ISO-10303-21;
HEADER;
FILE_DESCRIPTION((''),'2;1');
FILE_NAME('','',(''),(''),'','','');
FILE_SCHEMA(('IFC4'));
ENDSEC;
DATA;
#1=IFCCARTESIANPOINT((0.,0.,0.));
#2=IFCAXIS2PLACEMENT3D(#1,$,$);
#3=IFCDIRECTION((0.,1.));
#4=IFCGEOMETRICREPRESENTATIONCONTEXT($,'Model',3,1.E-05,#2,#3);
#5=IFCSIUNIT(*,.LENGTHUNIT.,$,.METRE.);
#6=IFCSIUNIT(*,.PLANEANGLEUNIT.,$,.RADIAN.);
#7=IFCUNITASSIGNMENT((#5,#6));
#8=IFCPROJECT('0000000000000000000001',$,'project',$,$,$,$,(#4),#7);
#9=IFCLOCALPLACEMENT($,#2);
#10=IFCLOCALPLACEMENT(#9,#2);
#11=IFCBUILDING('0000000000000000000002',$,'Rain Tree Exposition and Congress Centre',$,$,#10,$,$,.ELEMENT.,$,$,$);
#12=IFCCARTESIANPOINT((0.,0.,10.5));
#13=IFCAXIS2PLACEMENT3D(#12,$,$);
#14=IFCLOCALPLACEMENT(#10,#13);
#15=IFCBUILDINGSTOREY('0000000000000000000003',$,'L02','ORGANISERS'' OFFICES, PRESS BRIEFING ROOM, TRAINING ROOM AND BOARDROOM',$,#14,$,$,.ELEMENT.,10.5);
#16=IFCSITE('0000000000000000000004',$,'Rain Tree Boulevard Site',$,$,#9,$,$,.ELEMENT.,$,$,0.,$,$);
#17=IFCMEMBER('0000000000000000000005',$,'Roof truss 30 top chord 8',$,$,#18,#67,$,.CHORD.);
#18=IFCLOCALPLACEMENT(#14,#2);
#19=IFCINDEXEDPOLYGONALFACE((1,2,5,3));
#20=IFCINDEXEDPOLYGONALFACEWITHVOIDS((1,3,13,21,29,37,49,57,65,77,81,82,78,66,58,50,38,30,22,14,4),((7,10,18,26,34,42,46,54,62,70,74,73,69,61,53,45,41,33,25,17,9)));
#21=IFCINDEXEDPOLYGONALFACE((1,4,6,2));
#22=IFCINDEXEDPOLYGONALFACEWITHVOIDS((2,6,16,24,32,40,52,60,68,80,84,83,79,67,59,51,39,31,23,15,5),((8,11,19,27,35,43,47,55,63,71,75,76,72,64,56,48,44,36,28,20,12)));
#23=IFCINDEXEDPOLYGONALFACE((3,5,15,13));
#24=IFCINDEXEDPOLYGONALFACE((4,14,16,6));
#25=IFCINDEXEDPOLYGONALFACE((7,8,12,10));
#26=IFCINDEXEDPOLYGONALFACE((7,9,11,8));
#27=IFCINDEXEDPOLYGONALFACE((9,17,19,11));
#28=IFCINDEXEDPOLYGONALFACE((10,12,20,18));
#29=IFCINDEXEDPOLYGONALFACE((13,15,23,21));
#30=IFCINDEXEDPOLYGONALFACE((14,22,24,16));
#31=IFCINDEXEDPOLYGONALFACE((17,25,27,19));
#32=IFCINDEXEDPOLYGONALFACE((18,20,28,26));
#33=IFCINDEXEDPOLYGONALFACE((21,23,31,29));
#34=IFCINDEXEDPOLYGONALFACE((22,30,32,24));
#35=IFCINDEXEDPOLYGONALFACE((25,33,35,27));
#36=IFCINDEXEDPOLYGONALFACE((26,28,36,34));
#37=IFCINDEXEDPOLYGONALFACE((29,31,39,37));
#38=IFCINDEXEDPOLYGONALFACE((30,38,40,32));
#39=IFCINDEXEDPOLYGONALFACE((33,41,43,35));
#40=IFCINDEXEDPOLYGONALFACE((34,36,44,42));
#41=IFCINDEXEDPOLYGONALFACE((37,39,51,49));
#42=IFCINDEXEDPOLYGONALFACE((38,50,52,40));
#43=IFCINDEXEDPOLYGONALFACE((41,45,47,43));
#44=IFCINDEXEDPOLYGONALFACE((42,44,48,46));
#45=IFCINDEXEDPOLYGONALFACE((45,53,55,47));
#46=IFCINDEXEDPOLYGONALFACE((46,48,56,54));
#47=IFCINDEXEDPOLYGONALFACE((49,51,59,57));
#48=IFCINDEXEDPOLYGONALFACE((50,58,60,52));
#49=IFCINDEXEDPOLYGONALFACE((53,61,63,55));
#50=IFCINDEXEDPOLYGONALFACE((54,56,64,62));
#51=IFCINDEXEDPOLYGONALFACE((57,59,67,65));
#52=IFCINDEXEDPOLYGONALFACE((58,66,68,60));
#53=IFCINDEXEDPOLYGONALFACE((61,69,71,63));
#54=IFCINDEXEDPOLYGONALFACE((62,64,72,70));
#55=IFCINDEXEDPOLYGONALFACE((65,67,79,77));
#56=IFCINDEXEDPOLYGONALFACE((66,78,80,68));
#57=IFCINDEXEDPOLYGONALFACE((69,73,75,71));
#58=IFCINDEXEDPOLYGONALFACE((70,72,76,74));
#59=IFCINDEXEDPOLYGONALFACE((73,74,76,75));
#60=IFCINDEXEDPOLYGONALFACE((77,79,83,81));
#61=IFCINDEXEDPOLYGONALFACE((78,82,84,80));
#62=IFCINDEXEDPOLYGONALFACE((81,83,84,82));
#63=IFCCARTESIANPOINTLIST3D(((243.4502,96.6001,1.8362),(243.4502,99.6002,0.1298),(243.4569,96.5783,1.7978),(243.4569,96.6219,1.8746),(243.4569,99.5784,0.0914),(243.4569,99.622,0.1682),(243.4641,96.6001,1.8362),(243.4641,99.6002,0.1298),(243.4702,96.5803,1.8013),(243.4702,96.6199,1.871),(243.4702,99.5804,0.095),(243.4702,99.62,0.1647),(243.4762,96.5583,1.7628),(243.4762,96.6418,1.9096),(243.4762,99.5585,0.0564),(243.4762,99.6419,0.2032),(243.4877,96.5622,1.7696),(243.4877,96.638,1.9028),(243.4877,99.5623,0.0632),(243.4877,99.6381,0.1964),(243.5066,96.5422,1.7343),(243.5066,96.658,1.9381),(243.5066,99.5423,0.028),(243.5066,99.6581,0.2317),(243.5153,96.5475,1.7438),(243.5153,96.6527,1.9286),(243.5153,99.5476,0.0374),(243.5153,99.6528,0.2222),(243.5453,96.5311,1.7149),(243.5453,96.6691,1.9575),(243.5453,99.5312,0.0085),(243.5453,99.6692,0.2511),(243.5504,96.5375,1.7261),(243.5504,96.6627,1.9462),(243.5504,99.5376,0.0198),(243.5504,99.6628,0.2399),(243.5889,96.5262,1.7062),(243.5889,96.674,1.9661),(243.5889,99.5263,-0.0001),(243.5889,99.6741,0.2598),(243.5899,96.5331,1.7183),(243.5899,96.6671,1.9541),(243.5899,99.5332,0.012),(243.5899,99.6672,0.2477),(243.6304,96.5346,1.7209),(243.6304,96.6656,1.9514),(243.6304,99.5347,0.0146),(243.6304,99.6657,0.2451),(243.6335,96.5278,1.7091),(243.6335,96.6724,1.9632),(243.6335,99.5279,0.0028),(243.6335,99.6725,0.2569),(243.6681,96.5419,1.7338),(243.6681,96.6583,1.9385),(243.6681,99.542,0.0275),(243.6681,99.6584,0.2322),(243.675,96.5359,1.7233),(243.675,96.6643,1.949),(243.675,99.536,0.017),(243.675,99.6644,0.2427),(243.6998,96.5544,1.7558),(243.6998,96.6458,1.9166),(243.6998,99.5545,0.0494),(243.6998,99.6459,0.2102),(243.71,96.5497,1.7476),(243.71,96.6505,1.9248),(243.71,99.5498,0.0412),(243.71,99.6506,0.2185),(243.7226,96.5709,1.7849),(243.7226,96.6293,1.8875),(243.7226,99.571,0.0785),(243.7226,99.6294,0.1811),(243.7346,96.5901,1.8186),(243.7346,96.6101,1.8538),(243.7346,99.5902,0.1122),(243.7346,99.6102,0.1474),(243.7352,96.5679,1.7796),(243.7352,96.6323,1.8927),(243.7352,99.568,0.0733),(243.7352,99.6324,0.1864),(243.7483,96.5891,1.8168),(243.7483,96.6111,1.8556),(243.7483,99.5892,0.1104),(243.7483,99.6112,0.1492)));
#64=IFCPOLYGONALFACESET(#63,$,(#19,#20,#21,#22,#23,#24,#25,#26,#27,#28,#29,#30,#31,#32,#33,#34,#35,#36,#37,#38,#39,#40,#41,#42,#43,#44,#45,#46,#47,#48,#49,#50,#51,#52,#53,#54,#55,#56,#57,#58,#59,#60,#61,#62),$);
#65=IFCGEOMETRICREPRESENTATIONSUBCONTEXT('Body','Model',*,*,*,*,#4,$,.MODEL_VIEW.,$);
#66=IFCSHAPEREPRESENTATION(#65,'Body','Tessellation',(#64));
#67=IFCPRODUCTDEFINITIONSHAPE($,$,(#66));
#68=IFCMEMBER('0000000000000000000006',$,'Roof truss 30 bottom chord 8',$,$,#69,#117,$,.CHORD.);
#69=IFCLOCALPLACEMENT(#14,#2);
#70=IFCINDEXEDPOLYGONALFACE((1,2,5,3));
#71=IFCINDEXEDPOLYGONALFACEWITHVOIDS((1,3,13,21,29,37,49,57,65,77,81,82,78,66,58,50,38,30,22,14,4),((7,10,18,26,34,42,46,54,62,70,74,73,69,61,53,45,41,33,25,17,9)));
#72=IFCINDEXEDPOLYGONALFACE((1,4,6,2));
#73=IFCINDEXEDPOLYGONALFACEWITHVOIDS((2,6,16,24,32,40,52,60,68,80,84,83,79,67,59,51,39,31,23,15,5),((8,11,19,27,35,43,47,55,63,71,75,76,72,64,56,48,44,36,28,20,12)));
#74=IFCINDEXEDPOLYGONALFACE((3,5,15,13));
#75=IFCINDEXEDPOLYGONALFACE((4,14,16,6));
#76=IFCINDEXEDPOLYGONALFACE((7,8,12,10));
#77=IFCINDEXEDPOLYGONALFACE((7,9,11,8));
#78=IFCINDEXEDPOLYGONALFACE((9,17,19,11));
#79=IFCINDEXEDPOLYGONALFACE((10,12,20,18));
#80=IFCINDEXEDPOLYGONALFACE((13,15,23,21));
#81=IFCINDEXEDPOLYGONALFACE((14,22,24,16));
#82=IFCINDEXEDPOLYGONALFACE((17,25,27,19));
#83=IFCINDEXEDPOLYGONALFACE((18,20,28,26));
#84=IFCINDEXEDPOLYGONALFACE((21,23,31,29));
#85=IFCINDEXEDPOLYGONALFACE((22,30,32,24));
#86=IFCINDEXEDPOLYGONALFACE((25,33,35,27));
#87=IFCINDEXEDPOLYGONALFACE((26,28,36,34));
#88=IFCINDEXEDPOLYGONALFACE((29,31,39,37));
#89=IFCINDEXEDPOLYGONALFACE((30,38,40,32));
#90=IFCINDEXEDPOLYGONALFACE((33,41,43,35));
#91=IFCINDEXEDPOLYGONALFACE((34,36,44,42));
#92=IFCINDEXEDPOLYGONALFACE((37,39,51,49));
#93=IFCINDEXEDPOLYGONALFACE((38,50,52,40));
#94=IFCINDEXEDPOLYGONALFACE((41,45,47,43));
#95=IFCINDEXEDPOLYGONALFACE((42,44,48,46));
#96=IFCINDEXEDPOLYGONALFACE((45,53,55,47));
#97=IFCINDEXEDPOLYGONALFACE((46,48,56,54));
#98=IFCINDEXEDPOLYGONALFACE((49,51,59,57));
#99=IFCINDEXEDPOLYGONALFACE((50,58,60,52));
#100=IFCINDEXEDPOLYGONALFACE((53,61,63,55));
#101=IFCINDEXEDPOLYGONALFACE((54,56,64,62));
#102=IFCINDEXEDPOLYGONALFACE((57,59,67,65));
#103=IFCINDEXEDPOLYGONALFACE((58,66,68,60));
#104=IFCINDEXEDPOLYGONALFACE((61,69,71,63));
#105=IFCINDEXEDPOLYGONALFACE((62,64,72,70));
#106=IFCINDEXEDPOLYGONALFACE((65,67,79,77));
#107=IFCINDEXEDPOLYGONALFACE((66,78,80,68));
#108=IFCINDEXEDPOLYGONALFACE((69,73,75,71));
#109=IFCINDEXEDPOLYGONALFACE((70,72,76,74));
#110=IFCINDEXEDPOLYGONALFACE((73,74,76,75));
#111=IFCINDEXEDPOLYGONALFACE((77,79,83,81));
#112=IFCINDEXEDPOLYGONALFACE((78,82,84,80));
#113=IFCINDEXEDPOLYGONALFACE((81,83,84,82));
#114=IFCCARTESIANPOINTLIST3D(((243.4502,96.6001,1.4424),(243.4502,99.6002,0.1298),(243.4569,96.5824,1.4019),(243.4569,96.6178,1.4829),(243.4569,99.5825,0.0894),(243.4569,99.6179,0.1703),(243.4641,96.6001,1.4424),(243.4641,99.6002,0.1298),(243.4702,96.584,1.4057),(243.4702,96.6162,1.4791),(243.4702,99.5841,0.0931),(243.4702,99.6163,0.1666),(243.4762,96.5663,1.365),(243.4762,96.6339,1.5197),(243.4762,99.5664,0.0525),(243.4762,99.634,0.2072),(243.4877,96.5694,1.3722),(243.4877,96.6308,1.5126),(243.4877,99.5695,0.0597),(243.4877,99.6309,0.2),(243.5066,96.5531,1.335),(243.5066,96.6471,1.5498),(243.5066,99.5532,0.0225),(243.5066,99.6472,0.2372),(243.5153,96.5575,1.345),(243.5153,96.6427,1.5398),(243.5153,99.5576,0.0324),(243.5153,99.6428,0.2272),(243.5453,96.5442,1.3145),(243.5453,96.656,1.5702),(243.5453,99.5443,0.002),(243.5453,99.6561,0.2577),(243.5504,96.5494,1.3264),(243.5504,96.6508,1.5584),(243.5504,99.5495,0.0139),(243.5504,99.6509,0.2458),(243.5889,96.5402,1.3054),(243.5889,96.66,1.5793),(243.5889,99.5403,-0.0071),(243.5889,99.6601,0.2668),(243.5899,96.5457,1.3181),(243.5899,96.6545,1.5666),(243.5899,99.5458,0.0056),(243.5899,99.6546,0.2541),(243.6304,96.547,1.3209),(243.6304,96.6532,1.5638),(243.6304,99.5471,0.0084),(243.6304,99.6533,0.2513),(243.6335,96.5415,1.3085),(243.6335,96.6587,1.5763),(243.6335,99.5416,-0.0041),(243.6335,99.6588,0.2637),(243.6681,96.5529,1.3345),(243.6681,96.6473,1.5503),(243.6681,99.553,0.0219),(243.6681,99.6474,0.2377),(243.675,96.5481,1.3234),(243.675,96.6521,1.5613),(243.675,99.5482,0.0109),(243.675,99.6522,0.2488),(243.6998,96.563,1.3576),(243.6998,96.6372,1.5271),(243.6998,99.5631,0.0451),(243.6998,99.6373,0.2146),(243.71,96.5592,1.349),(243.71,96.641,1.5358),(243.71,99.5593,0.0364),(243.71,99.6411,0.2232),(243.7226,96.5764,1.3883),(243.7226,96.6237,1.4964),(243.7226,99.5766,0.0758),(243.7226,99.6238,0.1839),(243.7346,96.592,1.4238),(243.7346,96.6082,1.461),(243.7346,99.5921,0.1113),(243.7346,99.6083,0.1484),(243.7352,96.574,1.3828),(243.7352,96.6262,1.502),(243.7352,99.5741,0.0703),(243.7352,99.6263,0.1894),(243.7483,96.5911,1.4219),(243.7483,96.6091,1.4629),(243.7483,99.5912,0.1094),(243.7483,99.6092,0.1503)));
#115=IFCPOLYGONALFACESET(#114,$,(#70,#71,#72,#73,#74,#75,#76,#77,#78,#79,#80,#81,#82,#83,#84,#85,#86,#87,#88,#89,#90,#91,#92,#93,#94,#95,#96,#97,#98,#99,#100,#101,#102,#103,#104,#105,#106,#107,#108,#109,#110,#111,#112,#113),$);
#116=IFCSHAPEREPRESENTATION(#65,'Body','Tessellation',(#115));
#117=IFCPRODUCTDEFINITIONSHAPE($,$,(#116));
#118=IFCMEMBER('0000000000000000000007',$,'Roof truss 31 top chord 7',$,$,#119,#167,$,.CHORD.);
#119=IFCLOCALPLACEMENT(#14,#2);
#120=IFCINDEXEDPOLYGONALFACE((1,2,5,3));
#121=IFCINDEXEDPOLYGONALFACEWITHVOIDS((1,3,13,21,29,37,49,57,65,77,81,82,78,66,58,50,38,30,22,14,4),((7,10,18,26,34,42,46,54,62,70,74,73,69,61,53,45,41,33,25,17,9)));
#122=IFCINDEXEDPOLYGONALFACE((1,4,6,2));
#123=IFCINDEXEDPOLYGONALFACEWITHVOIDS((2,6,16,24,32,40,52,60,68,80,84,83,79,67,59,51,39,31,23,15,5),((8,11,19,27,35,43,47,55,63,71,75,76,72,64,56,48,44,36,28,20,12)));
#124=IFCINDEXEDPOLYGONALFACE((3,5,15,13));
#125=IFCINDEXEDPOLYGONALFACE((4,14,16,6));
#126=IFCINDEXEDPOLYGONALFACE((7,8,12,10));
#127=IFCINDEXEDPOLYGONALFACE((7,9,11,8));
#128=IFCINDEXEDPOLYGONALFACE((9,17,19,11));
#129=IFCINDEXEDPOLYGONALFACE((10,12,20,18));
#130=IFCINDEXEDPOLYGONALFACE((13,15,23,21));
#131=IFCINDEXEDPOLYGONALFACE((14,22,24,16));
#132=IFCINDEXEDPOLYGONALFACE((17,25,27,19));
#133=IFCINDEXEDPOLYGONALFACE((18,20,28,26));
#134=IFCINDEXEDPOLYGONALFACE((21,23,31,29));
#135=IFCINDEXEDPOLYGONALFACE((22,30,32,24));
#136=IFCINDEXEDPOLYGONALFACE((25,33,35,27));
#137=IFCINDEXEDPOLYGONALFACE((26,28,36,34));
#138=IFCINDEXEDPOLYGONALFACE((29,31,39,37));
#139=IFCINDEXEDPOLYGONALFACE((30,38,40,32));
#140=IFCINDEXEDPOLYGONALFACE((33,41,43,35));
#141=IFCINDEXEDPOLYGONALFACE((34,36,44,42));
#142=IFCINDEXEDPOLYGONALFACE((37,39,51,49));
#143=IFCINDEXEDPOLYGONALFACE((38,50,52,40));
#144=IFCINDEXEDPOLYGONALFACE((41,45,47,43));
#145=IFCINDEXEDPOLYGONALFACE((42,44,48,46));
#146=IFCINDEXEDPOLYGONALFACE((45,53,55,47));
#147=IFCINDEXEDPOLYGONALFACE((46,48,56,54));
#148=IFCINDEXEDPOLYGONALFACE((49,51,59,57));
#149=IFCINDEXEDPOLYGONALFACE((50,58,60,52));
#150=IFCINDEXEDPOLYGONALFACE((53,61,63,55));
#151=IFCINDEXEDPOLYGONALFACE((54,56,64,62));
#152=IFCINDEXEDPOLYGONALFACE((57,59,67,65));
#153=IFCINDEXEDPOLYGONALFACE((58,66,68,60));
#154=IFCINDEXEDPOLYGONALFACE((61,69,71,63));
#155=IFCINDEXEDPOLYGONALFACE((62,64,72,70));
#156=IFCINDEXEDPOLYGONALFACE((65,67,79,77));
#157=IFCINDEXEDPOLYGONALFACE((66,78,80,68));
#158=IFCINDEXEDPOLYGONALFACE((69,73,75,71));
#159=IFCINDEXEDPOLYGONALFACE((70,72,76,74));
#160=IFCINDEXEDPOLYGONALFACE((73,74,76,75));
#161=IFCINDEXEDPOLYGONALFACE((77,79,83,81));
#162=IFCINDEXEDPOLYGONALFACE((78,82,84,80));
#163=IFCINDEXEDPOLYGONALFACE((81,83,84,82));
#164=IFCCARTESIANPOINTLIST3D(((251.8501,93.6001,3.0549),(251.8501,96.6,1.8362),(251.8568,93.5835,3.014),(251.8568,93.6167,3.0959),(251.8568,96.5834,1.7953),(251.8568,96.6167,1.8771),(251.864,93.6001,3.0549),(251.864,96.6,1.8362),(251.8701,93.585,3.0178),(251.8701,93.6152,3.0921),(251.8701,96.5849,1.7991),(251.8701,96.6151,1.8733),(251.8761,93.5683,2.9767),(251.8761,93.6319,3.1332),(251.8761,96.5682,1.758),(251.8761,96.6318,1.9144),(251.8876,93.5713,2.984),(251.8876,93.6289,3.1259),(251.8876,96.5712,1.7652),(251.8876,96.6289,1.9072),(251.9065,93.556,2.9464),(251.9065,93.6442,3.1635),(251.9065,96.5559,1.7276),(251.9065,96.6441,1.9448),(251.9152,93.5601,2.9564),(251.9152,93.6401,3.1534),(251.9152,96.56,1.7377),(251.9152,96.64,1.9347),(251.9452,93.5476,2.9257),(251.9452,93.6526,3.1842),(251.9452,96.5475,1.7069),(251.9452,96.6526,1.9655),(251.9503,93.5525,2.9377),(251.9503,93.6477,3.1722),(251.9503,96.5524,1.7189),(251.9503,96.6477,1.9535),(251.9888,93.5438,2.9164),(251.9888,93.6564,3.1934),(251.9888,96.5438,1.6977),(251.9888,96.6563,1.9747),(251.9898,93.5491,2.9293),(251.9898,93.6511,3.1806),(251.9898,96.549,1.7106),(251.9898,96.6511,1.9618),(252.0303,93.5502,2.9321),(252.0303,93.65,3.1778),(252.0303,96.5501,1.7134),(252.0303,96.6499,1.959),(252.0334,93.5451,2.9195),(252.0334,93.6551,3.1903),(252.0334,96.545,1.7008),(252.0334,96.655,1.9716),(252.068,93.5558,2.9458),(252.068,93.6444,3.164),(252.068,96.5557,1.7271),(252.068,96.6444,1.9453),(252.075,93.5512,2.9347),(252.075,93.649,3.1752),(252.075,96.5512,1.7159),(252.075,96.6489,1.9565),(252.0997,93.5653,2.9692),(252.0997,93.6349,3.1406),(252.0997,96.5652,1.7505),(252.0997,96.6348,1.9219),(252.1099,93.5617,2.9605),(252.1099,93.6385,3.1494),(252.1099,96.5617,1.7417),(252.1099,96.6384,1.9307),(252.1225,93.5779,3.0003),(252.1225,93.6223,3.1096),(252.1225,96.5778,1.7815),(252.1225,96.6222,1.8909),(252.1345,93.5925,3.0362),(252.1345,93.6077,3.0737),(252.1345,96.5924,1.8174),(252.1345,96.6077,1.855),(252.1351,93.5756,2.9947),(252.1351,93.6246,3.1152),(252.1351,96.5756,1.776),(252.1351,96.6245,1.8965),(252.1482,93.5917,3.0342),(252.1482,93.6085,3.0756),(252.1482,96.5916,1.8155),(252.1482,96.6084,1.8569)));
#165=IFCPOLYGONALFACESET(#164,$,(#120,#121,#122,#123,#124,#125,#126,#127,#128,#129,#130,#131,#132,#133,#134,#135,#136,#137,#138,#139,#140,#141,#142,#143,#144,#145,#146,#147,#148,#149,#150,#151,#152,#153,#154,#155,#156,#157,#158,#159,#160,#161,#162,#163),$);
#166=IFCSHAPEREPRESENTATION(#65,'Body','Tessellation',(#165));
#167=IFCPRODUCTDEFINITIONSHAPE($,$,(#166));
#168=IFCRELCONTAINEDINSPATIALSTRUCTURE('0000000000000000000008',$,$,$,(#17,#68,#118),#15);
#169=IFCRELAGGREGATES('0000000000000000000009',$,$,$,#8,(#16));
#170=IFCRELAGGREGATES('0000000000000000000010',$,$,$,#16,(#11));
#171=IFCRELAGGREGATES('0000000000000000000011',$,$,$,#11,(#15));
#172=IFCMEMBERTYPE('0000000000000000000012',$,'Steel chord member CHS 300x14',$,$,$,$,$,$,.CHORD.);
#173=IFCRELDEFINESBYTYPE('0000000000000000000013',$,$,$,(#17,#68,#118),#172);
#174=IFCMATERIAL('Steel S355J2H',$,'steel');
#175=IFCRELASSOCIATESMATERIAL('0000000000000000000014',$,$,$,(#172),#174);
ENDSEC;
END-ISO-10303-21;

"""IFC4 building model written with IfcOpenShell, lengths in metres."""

from ifc_helpers import new_model, si_unit, direction, frame, origin, origin_2d, place, context, subcontext, project, spatial, hollow_circle, extrude, material, material_profile, profile_set, type_object, element, save


model = new_model("IFC4")

# Units and contexts
model_context = context("Model", 3, precision=1e-05, world=origin(), true_north=direction((0.0, 1.0)))
body_context = subcontext(model_context, "Body", "Model", "MODEL_VIEW")
ifc_project = project(units=[si_unit("LENGTHUNIT", "METRE"), si_unit("PLANEANGLEUNIT", "RADIAN")], contexts=[model_context])

# Site, building, storey
site_placement = place(None, origin())
site = spatial("IfcSite", under=ifc_project, at=site_placement, Name="Rain Tree Boulevard Site", CompositionType="ELEMENT", RefElevation=0.0)
building_placement = place(site_placement, origin())
building = spatial("IfcBuilding", under=site, at=building_placement, Name="Rain Tree Exposition and Congress Centre", CompositionType="ELEMENT")
storey_placement = place(building_placement, frame((0.0, 0.0, 10.5)))
storey = spatial("IfcBuildingStorey", under=building, at=storey_placement, Name="L02", Description="ORGANISERS' OFFICES, PRESS BRIEFING ROOM, TRAINING ROOM AND BOARDROOM", CompositionType="ELEMENT", Elevation=10.5)

# Members
ifc_material_1 = material(Name="Steel S355J2H", Category="steel")
ifc_material_profile_1 = material_profile(ifc_material_1, hollow_circle(Radius=0.1499, WallThickness=0.0139, at=origin_2d()), Name="CHS 300x14")
ifc_profile_set_1 = profile_set([ifc_material_profile_1], Name="Steel S355J2H")
member_type_1 = type_object("IfcMemberType", Name="Steel chord member CHS 300x14", PredefinedType="CHORD", material=ifc_profile_set_1)
member_1_placement = place(storey_placement, frame((243.6001, 96.6001, 1.8362), z_axis=(0.0, 0.869238, -0.494393), x_axis=(-1.0, 0.0, 0.0)))
element("IfcMember", 1, at=member_1_placement, inside=storey, type_object=member_type_1, Name="Roof truss 30 top chord 8", PredefinedType="CHORD", context=body_context, shape_type="SweptSolid", body=[
    extrude(hollow_circle(Radius=0.1499, WallThickness=0.0139, at=origin_2d()), origin(), (0.0, 0.0, 1.0), 3.4514),
])
member_2_placement = place(storey_placement, frame((243.6001, 96.6001, 1.4424), z_axis=(0.0, 0.916157, -0.400819), x_axis=(-1.0, 0.0, 0.0)))
element("IfcMember", 2, at=member_2_placement, inside=storey, type_object=member_type_1, Name="Roof truss 30 bottom chord 8", PredefinedType="CHORD", context=body_context, shape_type="SweptSolid", body=[
    extrude(hollow_circle(Radius=0.1499, WallThickness=0.0139, at=origin_2d()), origin(), (0.0, 0.0, 1.0), 3.2747),
])
member_3_placement = place(storey_placement, frame((252.0, 93.6001, 3.0549), z_axis=(0.0, 0.926467, -0.376377), x_axis=(-1.0, 0.0, 0.0)))
element("IfcMember", 3, at=member_3_placement, inside=storey, type_object=member_type_1, Name="Roof truss 31 top chord 7", PredefinedType="CHORD", context=body_context, shape_type="SweptSolid", body=[
    extrude(hollow_circle(Radius=0.1499, WallThickness=0.0139, at=origin_2d()), origin(), (0.0, 0.0, 1.0), 3.238),
])

save(model, "model.ifc")
